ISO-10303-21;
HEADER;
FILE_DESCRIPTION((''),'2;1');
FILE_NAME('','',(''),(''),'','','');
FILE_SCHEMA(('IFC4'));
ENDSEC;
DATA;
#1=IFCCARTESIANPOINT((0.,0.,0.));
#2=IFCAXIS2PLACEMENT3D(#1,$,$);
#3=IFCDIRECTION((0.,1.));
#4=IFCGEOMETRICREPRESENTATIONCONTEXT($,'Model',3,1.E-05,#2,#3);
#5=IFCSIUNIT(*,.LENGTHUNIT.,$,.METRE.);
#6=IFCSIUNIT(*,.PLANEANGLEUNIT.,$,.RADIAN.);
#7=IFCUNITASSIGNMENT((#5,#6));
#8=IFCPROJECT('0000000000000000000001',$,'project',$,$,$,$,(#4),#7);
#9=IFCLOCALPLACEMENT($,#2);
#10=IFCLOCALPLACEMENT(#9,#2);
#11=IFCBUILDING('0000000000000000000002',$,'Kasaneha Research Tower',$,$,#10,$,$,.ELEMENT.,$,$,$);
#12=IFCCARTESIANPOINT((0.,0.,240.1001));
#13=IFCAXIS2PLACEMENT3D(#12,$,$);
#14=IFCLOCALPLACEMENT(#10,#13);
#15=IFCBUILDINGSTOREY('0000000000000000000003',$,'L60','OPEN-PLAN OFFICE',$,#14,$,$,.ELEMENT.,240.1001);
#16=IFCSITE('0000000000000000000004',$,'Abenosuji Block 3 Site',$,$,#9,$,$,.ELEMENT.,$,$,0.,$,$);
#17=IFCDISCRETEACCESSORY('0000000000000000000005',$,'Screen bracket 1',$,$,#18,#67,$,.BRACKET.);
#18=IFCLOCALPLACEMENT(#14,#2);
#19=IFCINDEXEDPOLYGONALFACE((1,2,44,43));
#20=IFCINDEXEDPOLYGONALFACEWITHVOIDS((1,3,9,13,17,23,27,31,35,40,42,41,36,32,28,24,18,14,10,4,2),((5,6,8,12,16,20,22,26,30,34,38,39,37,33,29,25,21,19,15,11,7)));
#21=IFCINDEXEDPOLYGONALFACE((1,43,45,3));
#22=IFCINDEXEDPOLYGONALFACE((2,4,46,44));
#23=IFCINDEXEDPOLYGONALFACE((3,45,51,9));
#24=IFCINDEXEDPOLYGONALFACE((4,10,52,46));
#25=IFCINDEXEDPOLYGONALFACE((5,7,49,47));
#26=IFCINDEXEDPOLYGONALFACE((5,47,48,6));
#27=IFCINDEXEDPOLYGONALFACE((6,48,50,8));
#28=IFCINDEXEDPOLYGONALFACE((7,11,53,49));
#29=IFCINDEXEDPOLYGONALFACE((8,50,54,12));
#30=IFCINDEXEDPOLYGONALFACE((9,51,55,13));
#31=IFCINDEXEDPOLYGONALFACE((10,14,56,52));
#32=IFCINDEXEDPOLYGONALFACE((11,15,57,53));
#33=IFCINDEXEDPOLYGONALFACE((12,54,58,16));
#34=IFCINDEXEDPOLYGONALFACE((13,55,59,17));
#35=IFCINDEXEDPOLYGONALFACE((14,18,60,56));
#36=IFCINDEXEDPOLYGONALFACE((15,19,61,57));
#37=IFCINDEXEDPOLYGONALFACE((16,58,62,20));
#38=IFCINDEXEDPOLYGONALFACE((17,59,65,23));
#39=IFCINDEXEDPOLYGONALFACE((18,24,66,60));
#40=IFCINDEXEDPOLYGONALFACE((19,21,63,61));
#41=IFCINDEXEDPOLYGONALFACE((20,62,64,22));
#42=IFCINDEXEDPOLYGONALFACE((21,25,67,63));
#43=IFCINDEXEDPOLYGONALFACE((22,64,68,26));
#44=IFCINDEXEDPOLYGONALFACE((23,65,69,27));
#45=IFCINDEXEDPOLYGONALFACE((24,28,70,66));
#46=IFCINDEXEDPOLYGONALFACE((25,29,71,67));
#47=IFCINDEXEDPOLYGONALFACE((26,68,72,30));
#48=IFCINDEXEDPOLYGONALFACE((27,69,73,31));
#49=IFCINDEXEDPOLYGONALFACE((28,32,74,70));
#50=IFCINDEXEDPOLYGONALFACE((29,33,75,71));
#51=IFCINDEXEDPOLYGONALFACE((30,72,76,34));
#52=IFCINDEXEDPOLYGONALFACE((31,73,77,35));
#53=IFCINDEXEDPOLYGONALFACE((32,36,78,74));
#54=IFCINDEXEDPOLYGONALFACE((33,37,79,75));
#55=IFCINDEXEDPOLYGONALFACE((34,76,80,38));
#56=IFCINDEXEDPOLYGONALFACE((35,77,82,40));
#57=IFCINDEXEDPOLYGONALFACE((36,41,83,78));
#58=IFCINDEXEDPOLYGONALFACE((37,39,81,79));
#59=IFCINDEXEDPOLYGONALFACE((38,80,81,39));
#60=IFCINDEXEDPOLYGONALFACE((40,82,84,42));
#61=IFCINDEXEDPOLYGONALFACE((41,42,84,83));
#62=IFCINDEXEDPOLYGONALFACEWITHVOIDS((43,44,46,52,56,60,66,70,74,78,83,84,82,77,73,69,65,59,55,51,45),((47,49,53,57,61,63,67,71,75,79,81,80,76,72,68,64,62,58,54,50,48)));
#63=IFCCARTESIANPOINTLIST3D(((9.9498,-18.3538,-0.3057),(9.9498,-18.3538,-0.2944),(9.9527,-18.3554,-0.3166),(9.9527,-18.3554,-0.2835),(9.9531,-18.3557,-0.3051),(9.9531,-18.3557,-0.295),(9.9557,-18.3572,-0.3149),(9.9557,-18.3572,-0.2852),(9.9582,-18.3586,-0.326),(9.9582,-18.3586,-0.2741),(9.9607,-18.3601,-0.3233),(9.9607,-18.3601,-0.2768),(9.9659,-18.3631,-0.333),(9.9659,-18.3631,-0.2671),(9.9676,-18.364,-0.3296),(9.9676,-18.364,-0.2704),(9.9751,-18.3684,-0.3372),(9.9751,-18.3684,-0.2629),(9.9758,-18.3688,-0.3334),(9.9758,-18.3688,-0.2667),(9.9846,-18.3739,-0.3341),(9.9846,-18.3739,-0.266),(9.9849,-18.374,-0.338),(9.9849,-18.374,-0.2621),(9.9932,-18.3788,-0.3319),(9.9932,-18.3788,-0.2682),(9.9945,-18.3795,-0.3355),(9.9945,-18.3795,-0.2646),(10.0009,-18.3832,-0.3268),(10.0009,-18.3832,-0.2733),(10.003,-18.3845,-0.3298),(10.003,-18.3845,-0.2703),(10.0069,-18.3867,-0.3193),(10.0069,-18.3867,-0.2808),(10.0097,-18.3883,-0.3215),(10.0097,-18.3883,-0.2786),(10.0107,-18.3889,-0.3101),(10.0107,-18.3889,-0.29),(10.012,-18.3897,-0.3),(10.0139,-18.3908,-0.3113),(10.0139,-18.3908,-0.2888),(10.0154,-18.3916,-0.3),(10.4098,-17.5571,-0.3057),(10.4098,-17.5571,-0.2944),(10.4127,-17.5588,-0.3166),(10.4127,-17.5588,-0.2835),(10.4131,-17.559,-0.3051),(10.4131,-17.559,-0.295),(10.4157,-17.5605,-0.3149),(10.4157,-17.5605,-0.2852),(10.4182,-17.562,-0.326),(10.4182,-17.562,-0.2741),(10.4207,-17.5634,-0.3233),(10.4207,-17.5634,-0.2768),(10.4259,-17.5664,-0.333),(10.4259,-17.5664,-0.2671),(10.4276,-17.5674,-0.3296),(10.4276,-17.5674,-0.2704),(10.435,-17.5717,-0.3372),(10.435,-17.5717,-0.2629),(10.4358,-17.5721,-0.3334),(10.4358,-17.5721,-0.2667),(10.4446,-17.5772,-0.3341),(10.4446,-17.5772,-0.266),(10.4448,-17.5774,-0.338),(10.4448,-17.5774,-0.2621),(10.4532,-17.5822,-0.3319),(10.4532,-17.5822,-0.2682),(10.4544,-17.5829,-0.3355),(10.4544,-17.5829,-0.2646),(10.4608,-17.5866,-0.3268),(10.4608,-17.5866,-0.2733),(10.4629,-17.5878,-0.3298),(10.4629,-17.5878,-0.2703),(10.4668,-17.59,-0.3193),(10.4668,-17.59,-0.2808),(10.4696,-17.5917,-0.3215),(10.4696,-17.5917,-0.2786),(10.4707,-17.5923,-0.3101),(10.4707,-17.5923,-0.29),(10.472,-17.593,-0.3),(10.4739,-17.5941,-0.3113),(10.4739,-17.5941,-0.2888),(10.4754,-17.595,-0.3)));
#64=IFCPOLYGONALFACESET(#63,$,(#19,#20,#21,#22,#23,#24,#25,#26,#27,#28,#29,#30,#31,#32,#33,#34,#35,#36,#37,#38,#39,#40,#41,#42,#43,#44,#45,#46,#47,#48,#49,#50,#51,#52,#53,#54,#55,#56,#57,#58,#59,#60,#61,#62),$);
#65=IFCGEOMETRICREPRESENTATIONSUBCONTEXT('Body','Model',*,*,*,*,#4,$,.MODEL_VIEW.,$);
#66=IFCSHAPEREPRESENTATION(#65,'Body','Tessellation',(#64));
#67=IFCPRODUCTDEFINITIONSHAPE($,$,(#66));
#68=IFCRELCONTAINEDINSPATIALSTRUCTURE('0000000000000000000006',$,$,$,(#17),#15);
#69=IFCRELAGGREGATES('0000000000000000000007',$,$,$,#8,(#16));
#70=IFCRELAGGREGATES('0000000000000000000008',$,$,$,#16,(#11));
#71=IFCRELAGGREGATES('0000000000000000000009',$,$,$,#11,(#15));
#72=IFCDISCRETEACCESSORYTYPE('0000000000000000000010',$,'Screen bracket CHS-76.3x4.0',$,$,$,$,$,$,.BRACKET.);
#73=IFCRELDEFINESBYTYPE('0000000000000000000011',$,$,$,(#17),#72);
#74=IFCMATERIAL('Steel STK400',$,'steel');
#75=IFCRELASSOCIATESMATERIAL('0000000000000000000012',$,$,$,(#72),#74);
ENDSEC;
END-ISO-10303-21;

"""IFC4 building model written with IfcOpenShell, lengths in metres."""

from ifc_helpers import new_model, si_unit, direction, frame, origin, origin_2d, place, context, subcontext, project, spatial, hollow_circle, extrude, material, material_profile, profile_set, type_object, element, save


model = new_model("IFC4")

# Units and contexts
model_context = context("Model", 3, precision=1e-05, world=origin(), true_north=direction((0.0, 1.0)))
body_context = subcontext(model_context, "Body", "Model", "MODEL_VIEW")
ifc_project = project(units=[si_unit("LENGTHUNIT", "METRE"), si_unit("PLANEANGLEUNIT", "RADIAN")], contexts=[model_context])

# Site, building, storey
site_placement = place(None, origin())
site = spatial("IfcSite", under=ifc_project, at=site_placement, Name="Abenosuji Block 3 Site", CompositionType="ELEMENT", RefElevation=0.0)
building_placement = place(site_placement, origin())
building = spatial("IfcBuilding", under=site, at=building_placement, Name="Kasaneha Research Tower", CompositionType="ELEMENT")
storey_placement = place(building_placement, frame((0.0, 0.0, 240.1001)))
storey = spatial("IfcBuildingStorey", under=building, at=storey_placement, Name="L60", Description="OPEN-PLAN OFFICE", CompositionType="ELEMENT", Elevation=240.1001)

# Discrete accessory
ifc_material_1 = material(Name="Steel STK400", Category="steel")
ifc_material_profile_1 = material_profile(ifc_material_1, hollow_circle(Radius=0.0381, WallThickness=0.0039, at=origin_2d()), Name="CHS-76.3x4.0")
ifc_profile_set_1 = profile_set([ifc_material_profile_1], Name="Steel STK400")
discrete_accessory_type = type_object("IfcDiscreteAccessoryType", Name="Screen bracket CHS-76.3x4.0", PredefinedType="BRACKET", material=ifc_profile_set_1)
for number, where, z_axis, x_axis, name in (
    (1, (10.4424, -17.5759, -0.3), (-0.500021, -0.866013, 0.0), (0.866013, -0.500021, 0.0), "Screen bracket 1"),
):
    element("IfcDiscreteAccessory", number, at=place(storey_placement, frame(where, z_axis=z_axis, x_axis=x_axis)), inside=storey, type_object=discrete_accessory_type, Name=name, PredefinedType="BRACKET", context=body_context, shape_type="SweptSolid", body=[
        extrude(hollow_circle(Radius=0.0381, WallThickness=0.0039, at=origin_2d()), origin(), (0.0, 0.0, 1.0), 0.9199),
    ])

save(model, "model.ifc")
